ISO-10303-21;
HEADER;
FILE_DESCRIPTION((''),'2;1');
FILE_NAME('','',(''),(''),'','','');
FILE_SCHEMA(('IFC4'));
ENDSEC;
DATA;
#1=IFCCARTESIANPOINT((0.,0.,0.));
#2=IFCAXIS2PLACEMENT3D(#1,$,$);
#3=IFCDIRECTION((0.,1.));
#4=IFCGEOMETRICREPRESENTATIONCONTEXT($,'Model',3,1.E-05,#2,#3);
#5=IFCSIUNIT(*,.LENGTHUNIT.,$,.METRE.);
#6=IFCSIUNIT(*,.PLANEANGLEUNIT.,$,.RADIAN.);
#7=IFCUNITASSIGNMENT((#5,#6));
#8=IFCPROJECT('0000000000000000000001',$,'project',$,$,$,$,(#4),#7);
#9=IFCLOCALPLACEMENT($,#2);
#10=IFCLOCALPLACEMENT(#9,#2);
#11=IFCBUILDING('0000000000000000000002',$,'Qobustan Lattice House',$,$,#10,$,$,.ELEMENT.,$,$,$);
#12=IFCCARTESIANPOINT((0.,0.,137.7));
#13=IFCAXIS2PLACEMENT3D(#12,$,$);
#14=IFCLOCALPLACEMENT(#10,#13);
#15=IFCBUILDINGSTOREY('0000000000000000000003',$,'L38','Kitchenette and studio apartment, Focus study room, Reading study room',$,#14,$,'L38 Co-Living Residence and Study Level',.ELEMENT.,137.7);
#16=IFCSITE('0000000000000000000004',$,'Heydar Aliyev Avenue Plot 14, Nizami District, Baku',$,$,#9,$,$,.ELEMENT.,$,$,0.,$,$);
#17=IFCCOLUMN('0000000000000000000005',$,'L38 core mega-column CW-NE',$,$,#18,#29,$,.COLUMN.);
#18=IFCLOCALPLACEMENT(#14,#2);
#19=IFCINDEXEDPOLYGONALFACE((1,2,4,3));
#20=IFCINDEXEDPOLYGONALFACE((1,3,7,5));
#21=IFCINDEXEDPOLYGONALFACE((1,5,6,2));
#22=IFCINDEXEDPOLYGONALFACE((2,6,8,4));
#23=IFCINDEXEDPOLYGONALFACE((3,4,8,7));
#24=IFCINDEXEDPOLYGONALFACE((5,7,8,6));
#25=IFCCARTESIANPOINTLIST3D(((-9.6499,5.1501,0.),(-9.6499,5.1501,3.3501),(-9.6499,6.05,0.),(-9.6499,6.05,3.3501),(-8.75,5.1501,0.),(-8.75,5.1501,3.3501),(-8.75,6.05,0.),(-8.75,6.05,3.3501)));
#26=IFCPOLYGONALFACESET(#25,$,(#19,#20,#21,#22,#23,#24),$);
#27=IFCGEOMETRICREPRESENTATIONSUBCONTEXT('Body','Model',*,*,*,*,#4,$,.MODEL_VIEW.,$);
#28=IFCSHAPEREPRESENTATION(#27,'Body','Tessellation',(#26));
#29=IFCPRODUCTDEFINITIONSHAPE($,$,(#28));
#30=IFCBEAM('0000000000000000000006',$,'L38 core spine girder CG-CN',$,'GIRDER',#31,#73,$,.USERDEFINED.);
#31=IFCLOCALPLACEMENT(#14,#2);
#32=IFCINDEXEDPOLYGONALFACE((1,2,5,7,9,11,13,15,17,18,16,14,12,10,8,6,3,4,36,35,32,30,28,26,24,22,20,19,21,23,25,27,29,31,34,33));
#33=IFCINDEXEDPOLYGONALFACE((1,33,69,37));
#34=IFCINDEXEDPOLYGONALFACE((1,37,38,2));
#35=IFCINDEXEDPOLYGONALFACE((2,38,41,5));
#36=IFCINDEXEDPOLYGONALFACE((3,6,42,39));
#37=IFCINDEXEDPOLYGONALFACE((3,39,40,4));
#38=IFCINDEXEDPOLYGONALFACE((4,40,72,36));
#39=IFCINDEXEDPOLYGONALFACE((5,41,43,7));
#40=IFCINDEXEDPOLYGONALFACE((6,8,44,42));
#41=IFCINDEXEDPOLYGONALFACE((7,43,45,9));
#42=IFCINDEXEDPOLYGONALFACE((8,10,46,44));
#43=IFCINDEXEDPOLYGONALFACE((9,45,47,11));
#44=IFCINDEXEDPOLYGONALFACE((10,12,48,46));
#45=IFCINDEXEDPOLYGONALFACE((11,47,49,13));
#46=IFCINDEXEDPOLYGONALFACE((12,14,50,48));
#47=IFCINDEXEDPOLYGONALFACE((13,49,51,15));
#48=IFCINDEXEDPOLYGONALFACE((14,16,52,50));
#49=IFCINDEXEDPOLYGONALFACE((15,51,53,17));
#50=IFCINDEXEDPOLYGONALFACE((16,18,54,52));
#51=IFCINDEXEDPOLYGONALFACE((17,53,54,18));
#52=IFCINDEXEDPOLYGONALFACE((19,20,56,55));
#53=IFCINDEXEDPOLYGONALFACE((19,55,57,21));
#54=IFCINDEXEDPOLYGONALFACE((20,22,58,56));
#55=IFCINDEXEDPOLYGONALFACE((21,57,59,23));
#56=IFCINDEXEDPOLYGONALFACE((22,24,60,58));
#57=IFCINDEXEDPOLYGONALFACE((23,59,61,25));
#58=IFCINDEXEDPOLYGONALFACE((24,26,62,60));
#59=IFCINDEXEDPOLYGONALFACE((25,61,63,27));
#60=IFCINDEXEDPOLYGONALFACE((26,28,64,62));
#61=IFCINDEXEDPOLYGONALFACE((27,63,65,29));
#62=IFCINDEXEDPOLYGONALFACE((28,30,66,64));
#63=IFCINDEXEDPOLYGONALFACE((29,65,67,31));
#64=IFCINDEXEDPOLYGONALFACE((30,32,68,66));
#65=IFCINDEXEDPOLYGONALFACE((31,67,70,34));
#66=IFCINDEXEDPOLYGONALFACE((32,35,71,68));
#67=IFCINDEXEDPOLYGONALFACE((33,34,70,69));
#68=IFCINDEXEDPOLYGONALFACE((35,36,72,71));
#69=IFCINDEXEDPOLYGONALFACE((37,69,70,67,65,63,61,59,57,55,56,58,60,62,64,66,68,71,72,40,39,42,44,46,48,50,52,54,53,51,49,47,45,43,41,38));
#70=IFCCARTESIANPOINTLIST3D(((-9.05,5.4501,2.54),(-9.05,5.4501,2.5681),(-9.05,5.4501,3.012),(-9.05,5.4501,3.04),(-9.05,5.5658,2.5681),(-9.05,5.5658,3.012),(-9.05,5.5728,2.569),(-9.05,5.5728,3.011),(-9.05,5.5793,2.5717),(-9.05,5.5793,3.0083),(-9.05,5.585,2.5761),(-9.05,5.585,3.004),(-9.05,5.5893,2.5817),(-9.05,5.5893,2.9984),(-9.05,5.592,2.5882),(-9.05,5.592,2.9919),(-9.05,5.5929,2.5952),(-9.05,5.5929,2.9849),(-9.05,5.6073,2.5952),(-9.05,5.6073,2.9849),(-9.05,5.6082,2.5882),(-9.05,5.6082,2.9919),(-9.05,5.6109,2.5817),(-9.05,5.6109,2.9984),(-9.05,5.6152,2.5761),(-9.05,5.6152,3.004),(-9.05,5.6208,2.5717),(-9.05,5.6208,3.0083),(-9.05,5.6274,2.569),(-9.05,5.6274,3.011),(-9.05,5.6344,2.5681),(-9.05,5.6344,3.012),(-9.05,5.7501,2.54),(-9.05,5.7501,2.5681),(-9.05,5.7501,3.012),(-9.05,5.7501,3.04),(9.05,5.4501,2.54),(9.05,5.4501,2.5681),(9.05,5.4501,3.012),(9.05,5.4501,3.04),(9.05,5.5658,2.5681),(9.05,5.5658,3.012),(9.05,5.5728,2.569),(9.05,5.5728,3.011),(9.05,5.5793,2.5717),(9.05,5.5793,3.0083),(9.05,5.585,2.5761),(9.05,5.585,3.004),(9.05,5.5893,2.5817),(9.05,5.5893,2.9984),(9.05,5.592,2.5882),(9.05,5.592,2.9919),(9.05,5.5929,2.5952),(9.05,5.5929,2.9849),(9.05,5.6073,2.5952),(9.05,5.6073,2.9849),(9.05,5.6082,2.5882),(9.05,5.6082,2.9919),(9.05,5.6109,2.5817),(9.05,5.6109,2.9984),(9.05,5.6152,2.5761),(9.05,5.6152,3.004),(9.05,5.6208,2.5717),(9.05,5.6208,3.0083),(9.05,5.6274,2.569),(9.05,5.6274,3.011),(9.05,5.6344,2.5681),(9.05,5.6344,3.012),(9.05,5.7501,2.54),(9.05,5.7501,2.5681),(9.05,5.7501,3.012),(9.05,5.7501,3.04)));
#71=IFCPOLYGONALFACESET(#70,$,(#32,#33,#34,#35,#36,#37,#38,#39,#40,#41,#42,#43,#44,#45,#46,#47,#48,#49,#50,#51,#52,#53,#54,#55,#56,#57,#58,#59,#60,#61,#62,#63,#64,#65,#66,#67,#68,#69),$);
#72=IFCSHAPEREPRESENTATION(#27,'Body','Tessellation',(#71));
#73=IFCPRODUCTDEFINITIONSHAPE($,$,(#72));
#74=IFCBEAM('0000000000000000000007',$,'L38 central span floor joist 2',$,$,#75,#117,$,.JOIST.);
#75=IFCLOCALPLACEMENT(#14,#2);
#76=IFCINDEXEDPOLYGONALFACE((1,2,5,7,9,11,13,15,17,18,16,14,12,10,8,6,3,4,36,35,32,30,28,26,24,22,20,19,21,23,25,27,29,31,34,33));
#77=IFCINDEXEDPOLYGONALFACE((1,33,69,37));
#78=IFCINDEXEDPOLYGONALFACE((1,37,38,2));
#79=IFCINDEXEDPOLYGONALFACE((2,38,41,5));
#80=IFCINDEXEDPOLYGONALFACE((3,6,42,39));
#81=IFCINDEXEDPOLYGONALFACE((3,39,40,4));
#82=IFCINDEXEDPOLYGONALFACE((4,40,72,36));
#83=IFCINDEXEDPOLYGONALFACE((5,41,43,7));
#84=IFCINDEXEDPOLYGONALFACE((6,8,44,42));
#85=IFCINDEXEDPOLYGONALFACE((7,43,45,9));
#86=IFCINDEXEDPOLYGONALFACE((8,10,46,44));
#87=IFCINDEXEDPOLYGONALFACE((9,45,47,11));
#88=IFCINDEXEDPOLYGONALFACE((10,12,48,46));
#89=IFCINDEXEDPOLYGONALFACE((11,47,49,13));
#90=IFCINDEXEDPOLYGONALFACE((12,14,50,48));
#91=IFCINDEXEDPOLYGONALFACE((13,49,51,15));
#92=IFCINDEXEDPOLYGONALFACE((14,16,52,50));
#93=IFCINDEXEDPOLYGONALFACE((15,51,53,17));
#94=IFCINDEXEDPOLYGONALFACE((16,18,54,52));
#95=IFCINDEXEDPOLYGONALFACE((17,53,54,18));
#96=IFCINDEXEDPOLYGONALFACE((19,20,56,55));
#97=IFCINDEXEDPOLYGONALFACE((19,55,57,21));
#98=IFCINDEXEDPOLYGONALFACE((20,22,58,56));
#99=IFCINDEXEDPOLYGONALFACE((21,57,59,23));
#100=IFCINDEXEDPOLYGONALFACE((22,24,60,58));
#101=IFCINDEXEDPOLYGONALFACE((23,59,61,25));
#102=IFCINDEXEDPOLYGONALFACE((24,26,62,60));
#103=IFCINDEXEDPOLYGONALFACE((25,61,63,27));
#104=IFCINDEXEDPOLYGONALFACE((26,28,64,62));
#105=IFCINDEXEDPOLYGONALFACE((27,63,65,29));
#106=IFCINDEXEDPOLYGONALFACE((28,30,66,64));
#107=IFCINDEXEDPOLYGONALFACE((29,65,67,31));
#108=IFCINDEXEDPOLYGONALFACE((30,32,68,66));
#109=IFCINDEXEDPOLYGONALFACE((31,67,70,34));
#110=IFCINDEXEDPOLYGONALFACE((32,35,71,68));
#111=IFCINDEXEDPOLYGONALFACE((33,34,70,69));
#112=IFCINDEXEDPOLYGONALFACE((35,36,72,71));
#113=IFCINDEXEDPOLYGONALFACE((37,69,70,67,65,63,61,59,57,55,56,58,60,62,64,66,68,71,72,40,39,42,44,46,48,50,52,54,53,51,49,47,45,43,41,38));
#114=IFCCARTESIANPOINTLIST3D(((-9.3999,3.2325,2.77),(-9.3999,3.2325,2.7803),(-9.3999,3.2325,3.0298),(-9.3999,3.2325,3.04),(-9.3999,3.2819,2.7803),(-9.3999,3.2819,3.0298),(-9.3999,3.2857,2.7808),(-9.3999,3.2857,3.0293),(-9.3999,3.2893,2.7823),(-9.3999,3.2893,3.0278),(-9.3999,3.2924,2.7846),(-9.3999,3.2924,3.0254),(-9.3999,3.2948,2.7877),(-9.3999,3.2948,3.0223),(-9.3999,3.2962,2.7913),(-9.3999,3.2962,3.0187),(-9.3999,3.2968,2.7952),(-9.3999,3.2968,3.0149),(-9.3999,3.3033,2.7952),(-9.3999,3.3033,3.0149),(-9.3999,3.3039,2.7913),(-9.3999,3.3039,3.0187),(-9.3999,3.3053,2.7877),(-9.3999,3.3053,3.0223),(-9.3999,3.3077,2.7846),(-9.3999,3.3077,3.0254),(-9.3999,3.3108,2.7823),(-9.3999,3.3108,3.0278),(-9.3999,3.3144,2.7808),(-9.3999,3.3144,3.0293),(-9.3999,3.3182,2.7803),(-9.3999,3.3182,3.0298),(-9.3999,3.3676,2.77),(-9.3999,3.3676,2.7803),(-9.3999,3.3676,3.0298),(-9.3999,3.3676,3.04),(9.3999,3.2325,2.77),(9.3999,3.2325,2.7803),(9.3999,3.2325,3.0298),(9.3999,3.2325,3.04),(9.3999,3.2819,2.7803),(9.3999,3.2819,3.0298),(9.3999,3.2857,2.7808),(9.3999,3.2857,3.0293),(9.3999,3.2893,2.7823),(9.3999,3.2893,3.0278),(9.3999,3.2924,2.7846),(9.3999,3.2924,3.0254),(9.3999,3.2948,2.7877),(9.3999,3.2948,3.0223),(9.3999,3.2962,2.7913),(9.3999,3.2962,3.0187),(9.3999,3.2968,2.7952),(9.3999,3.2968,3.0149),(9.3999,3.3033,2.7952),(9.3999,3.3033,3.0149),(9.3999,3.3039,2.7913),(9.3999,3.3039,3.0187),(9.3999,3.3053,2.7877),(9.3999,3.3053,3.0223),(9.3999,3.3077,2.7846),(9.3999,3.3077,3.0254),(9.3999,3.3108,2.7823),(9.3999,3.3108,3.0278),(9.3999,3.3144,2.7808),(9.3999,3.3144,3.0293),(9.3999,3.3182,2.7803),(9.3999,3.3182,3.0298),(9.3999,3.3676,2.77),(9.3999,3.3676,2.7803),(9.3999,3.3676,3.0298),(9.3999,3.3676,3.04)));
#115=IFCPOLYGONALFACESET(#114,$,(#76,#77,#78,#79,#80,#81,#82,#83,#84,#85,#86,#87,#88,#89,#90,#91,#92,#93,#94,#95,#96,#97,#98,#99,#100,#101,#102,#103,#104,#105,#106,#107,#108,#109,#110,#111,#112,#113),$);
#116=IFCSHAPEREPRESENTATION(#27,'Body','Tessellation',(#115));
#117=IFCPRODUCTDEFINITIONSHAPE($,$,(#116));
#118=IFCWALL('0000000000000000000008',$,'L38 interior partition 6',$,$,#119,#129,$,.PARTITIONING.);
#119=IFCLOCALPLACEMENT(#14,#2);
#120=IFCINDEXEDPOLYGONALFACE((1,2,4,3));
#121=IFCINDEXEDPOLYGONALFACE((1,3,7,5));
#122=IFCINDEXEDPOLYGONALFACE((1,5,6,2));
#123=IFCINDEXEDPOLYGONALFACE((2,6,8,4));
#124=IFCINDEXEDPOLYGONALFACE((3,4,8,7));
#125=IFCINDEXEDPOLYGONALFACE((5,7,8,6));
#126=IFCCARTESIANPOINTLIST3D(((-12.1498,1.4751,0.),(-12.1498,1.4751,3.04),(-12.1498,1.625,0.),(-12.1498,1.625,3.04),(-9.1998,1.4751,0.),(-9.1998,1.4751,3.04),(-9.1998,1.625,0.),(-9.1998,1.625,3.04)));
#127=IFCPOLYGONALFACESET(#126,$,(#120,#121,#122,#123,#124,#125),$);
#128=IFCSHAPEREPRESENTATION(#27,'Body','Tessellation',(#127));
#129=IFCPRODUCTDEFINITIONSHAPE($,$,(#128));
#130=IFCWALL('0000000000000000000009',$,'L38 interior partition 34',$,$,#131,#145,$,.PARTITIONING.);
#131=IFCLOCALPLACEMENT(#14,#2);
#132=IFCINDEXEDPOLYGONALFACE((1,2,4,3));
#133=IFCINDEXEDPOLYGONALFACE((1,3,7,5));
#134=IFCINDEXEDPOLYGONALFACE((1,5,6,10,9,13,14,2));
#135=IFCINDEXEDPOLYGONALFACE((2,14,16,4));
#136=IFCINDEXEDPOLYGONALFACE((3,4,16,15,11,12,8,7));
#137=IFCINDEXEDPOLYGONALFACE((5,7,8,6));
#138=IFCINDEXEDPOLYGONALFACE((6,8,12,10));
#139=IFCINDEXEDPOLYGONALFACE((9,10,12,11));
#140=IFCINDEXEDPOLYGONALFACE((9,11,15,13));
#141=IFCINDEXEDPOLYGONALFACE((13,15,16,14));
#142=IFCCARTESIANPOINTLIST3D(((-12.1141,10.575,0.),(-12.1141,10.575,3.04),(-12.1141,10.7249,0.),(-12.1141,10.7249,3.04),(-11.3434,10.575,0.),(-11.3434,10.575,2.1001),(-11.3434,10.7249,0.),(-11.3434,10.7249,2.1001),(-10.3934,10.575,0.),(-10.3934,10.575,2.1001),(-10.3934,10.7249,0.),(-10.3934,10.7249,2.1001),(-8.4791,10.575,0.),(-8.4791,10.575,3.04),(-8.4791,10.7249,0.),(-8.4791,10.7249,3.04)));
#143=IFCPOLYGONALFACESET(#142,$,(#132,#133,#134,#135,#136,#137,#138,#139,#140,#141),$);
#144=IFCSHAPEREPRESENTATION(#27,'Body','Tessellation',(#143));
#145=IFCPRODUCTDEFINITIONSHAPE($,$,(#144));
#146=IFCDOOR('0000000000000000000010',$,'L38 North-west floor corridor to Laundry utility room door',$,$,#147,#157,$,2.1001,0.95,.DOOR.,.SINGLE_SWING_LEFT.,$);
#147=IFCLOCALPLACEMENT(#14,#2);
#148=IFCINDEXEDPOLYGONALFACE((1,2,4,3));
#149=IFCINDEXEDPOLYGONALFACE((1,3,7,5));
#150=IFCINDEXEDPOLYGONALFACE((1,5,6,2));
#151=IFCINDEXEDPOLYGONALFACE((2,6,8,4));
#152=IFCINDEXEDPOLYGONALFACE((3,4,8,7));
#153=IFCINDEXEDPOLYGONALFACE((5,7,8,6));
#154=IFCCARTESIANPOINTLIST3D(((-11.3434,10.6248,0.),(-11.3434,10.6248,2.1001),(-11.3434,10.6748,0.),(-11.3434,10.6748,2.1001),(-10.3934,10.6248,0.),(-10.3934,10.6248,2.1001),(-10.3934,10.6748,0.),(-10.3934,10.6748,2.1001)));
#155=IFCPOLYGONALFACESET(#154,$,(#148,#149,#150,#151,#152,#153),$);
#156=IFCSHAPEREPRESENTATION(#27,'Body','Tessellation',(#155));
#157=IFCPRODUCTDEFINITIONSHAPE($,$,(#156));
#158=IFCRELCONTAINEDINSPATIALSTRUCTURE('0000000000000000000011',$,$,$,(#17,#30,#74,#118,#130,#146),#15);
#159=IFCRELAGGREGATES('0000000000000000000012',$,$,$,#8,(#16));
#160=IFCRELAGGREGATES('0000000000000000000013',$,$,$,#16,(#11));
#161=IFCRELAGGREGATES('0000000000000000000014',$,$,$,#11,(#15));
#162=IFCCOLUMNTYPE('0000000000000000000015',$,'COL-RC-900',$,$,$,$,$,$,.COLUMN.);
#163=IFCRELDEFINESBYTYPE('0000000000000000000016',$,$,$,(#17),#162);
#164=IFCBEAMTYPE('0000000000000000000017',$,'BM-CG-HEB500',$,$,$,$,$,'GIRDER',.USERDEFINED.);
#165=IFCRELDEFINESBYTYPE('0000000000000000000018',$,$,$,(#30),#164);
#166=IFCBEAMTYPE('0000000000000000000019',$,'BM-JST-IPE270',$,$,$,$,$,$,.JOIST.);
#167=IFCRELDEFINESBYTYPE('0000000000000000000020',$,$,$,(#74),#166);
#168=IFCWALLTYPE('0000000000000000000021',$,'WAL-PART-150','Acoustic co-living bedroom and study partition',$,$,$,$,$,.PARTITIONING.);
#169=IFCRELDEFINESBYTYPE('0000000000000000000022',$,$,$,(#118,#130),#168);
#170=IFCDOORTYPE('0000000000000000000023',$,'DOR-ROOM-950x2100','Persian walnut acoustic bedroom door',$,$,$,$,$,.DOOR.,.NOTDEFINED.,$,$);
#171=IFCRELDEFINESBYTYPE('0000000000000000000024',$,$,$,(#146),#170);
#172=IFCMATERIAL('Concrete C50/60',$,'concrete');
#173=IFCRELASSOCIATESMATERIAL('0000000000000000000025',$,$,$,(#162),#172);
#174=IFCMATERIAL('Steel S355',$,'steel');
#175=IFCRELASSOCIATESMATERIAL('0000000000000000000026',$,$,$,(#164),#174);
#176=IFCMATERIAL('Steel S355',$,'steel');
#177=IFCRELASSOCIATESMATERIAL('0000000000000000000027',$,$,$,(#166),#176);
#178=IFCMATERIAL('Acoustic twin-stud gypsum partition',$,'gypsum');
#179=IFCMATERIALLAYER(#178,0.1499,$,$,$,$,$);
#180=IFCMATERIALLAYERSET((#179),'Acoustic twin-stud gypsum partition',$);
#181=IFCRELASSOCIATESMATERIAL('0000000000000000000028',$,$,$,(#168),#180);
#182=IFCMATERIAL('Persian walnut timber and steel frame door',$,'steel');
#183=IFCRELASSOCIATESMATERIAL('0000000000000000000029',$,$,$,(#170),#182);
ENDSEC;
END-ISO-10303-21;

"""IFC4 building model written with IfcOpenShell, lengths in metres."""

from ifc_helpers import new_model, si_unit, direction, frame, frame_2d, origin, origin_2d, place, context, subcontext, project, spatial, rectangle, i_section, extrude, material, layer, layer_set, material_profile, profile_set, type_object, element, fill, save


model = new_model("IFC4")

# Units and contexts
model_context = context("Model", 3, precision=1e-05, world=origin(), true_north=direction((0.0, 1.0)))
body_context = subcontext(model_context, "Body", "Model", "MODEL_VIEW")
ifc_project = project(units=[si_unit("LENGTHUNIT", "METRE"), si_unit("PLANEANGLEUNIT", "RADIAN")], contexts=[model_context])

# Site, building, storey
site_placement = place(None, origin())
site = spatial("IfcSite", under=ifc_project, at=site_placement, Name="Heydar Aliyev Avenue Plot 14, Nizami District, Baku", CompositionType="ELEMENT", RefElevation=0.0)
building_placement = place(site_placement, origin())
building = spatial("IfcBuilding", under=site, at=building_placement, Name="Qobustan Lattice House", CompositionType="ELEMENT")
storey_placement = place(building_placement, frame((0.0, 0.0, 137.7)))
storey = spatial("IfcBuildingStorey", under=building, at=storey_placement, Name="L38", Description="Kitchenette and studio apartment, Focus study room, Reading study room", LongName="L38 Co-Living Residence and Study Level", CompositionType="ELEMENT", Elevation=137.7)

# Column
ifc_material_1 = material(Name="Concrete C50/60", Category="concrete")
ifc_material_profile_1 = material_profile(ifc_material_1, rectangle(XDim=0.8999, YDim=0.8999, at=origin_2d()), Name="RC900x900")
ifc_profile_set_1 = profile_set([ifc_material_profile_1], Name="Concrete C50/60")
column_type = type_object("IfcColumnType", Name="COL-RC-900", PredefinedType="COLUMN", material=ifc_profile_set_1)
column_placement = place(storey_placement, frame((-9.2, 5.6001, 0.0), z_axis=(0.0, 0.0, 1.0), x_axis=(1.0, 0.0, 0.0)))
element("IfcColumn", 1, at=column_placement, inside=storey, type_object=column_type, Name="L38 core mega-column CW-NE", PredefinedType="COLUMN", context=body_context, shape_type="SweptSolid", body=[
    extrude(rectangle(XDim=0.8999, YDim=0.8999, at=origin_2d()), origin(), (0.0, 0.0, 1.0), 3.3501),
])

# Beams
ifc_material_2 = material(Name="Steel S355", Category="steel")
ifc_material_profile_2 = material_profile(ifc_material_2, i_section(OverallWidth=0.3, OverallDepth=0.5, WebThickness=0.0144, FlangeThickness=0.0281, FilletRadius=0.0271, at=origin_2d()), Name="HEB500")
ifc_profile_set_2 = profile_set([ifc_material_profile_2], Name="Steel S355")
beam_type_1 = type_object("IfcBeamType", Name="BM-CG-HEB500", ElementType="GIRDER", PredefinedType="USERDEFINED", material=ifc_profile_set_2)
beam_1_placement = place(storey_placement, frame((-9.05, 5.6001, 2.79), z_axis=(1.0, 0.0, 0.0), x_axis=(0.0, 1.0, 0.0)))
element("IfcBeam", 2, at=beam_1_placement, inside=storey, type_object=beam_type_1, Name="L38 core spine girder CG-CN", ObjectType="GIRDER", PredefinedType="USERDEFINED", context=body_context, shape_type="SweptSolid", body=[
    extrude(i_section(OverallWidth=0.3, OverallDepth=0.5, WebThickness=0.0144, FlangeThickness=0.0281, FilletRadius=0.0271, at=origin_2d()), origin(), (0.0, 0.0, 1.0), 18.1001),
])
ifc_material_3 = material(Name="Steel S355", Category="steel")
ifc_material_profile_3 = material_profile(ifc_material_3, i_section(OverallWidth=0.135, OverallDepth=0.27, WebThickness=0.0066, FlangeThickness=0.0103, FilletRadius=0.0149, at=origin_2d()), Name="IPE270")
ifc_profile_set_3 = profile_set([ifc_material_profile_3], Name="Steel S355")
beam_type_2 = type_object("IfcBeamType", Name="BM-JST-IPE270", PredefinedType="JOIST", material=ifc_profile_set_3)
beam_2_placement = place(storey_placement, frame((-9.3999, 3.3, 2.905), z_axis=(1.0, 0.0, 0.0), x_axis=(0.0, 1.0, 0.0)))
element("IfcBeam", 3, at=beam_2_placement, inside=storey, type_object=beam_type_2, Name="L38 central span floor joist 2", PredefinedType="JOIST", context=body_context, shape_type="SweptSolid", body=[
    extrude(i_section(OverallWidth=0.135, OverallDepth=0.27, WebThickness=0.0066, FlangeThickness=0.0103, FilletRadius=0.0149, at=origin_2d()), origin(), (0.0, 0.0, 1.0), 18.7998),
])

# Wall
ifc_material_4 = material(Name="Acoustic twin-stud gypsum partition", Category="gypsum")
ifc_layer_1 = layer(ifc_material_4, 0.1499)
ifc_layer_set_1 = layer_set([ifc_layer_1], Name="Acoustic twin-stud gypsum partition")
wall_type_1 = type_object("IfcWallType", Name="WAL-PART-150", Description="Acoustic co-living bedroom and study partition", PredefinedType="PARTITIONING", material=ifc_layer_set_1)
wall_1_placement = place(storey_placement, frame((-12.1499, 1.55, 0.0), z_axis=(0.0, 0.0, 1.0), x_axis=(1.0, 0.0, 0.0)))
element("IfcWall", 4, at=wall_1_placement, inside=storey, type_object=wall_type_1, Name="L38 interior partition 6", PredefinedType="PARTITIONING", context=body_context, shape_type="SweptSolid", body=[
    extrude(rectangle(XDim=2.95, YDim=0.1499, at=frame_2d((1.4751, 0.0))), origin(), (0.0, 0.0, 1.0), 3.04),
])

# Wall, opening, door
wall_2_placement = place(storey_placement, frame((-12.114, 10.6499, 0.0), z_axis=(0.0, 0.0, 1.0), x_axis=(1.0, 0.0, 0.0)))
wall_2 = element("IfcWall", 5, at=wall_2_placement, inside=storey, type_object=wall_type_1, Name="L38 interior partition 34", PredefinedType="PARTITIONING", context=body_context, shape_type="SweptSolid", body=[
    extrude(rectangle(XDim=3.635, YDim=0.1499, at=frame_2d((1.8174, 0.0))), origin(), (0.0, 0.0, 1.0), 3.04),
])
opening_1_placement = place(wall_2_placement, frame((0.7705, 0.0, 0.0)))
opening_1 = element("IfcOpeningElement", 6, at=opening_1_placement, cuts=wall_2, PredefinedType="OPENING", context=body_context, shape_type="SweptSolid", body=[
    extrude(rectangle(XDim=0.95, YDim=2.1001, at=frame_2d((0.4751, 1.05))), frame((0.0, 0.085, 0.0), z_axis=(0.0, -1.0, 0.0), x_axis=(1.0, 0.0, 0.0)), (0.0, 0.0, 1.0), 0.1699),
])
ifc_material_5 = material(Name="Persian walnut timber and steel frame door", Category="steel")
door_type_1 = type_object("IfcDoorType", Name="DOR-ROOM-950x2100", Description="Persian walnut acoustic bedroom door", OperationType="NOTDEFINED", PredefinedType="DOOR", material=ifc_material_5)
door_1_placement = place(opening_1_placement, origin())
door_1 = element("IfcDoor", 7, at=door_1_placement, inside=storey, type_object=door_type_1, Name="L38 North-west floor corridor to Laundry utility room door", OperationType="SINGLE_SWING_LEFT", OverallHeight=2.1001, OverallWidth=0.95, PredefinedType="DOOR", context=body_context, shape_type="SweptSolid", body=[
    extrude(rectangle(XDim=0.95, YDim=2.1001, at=frame_2d((0.4751, 1.05))), frame((0.0, 0.0249, 0.0), z_axis=(0.0, -1.0, 0.0), x_axis=(1.0, 0.0, 0.0)), (0.0, 0.0, 1.0), 0.05),
])
fill(opening_1, door_1)

save(model, "model.ifc")
